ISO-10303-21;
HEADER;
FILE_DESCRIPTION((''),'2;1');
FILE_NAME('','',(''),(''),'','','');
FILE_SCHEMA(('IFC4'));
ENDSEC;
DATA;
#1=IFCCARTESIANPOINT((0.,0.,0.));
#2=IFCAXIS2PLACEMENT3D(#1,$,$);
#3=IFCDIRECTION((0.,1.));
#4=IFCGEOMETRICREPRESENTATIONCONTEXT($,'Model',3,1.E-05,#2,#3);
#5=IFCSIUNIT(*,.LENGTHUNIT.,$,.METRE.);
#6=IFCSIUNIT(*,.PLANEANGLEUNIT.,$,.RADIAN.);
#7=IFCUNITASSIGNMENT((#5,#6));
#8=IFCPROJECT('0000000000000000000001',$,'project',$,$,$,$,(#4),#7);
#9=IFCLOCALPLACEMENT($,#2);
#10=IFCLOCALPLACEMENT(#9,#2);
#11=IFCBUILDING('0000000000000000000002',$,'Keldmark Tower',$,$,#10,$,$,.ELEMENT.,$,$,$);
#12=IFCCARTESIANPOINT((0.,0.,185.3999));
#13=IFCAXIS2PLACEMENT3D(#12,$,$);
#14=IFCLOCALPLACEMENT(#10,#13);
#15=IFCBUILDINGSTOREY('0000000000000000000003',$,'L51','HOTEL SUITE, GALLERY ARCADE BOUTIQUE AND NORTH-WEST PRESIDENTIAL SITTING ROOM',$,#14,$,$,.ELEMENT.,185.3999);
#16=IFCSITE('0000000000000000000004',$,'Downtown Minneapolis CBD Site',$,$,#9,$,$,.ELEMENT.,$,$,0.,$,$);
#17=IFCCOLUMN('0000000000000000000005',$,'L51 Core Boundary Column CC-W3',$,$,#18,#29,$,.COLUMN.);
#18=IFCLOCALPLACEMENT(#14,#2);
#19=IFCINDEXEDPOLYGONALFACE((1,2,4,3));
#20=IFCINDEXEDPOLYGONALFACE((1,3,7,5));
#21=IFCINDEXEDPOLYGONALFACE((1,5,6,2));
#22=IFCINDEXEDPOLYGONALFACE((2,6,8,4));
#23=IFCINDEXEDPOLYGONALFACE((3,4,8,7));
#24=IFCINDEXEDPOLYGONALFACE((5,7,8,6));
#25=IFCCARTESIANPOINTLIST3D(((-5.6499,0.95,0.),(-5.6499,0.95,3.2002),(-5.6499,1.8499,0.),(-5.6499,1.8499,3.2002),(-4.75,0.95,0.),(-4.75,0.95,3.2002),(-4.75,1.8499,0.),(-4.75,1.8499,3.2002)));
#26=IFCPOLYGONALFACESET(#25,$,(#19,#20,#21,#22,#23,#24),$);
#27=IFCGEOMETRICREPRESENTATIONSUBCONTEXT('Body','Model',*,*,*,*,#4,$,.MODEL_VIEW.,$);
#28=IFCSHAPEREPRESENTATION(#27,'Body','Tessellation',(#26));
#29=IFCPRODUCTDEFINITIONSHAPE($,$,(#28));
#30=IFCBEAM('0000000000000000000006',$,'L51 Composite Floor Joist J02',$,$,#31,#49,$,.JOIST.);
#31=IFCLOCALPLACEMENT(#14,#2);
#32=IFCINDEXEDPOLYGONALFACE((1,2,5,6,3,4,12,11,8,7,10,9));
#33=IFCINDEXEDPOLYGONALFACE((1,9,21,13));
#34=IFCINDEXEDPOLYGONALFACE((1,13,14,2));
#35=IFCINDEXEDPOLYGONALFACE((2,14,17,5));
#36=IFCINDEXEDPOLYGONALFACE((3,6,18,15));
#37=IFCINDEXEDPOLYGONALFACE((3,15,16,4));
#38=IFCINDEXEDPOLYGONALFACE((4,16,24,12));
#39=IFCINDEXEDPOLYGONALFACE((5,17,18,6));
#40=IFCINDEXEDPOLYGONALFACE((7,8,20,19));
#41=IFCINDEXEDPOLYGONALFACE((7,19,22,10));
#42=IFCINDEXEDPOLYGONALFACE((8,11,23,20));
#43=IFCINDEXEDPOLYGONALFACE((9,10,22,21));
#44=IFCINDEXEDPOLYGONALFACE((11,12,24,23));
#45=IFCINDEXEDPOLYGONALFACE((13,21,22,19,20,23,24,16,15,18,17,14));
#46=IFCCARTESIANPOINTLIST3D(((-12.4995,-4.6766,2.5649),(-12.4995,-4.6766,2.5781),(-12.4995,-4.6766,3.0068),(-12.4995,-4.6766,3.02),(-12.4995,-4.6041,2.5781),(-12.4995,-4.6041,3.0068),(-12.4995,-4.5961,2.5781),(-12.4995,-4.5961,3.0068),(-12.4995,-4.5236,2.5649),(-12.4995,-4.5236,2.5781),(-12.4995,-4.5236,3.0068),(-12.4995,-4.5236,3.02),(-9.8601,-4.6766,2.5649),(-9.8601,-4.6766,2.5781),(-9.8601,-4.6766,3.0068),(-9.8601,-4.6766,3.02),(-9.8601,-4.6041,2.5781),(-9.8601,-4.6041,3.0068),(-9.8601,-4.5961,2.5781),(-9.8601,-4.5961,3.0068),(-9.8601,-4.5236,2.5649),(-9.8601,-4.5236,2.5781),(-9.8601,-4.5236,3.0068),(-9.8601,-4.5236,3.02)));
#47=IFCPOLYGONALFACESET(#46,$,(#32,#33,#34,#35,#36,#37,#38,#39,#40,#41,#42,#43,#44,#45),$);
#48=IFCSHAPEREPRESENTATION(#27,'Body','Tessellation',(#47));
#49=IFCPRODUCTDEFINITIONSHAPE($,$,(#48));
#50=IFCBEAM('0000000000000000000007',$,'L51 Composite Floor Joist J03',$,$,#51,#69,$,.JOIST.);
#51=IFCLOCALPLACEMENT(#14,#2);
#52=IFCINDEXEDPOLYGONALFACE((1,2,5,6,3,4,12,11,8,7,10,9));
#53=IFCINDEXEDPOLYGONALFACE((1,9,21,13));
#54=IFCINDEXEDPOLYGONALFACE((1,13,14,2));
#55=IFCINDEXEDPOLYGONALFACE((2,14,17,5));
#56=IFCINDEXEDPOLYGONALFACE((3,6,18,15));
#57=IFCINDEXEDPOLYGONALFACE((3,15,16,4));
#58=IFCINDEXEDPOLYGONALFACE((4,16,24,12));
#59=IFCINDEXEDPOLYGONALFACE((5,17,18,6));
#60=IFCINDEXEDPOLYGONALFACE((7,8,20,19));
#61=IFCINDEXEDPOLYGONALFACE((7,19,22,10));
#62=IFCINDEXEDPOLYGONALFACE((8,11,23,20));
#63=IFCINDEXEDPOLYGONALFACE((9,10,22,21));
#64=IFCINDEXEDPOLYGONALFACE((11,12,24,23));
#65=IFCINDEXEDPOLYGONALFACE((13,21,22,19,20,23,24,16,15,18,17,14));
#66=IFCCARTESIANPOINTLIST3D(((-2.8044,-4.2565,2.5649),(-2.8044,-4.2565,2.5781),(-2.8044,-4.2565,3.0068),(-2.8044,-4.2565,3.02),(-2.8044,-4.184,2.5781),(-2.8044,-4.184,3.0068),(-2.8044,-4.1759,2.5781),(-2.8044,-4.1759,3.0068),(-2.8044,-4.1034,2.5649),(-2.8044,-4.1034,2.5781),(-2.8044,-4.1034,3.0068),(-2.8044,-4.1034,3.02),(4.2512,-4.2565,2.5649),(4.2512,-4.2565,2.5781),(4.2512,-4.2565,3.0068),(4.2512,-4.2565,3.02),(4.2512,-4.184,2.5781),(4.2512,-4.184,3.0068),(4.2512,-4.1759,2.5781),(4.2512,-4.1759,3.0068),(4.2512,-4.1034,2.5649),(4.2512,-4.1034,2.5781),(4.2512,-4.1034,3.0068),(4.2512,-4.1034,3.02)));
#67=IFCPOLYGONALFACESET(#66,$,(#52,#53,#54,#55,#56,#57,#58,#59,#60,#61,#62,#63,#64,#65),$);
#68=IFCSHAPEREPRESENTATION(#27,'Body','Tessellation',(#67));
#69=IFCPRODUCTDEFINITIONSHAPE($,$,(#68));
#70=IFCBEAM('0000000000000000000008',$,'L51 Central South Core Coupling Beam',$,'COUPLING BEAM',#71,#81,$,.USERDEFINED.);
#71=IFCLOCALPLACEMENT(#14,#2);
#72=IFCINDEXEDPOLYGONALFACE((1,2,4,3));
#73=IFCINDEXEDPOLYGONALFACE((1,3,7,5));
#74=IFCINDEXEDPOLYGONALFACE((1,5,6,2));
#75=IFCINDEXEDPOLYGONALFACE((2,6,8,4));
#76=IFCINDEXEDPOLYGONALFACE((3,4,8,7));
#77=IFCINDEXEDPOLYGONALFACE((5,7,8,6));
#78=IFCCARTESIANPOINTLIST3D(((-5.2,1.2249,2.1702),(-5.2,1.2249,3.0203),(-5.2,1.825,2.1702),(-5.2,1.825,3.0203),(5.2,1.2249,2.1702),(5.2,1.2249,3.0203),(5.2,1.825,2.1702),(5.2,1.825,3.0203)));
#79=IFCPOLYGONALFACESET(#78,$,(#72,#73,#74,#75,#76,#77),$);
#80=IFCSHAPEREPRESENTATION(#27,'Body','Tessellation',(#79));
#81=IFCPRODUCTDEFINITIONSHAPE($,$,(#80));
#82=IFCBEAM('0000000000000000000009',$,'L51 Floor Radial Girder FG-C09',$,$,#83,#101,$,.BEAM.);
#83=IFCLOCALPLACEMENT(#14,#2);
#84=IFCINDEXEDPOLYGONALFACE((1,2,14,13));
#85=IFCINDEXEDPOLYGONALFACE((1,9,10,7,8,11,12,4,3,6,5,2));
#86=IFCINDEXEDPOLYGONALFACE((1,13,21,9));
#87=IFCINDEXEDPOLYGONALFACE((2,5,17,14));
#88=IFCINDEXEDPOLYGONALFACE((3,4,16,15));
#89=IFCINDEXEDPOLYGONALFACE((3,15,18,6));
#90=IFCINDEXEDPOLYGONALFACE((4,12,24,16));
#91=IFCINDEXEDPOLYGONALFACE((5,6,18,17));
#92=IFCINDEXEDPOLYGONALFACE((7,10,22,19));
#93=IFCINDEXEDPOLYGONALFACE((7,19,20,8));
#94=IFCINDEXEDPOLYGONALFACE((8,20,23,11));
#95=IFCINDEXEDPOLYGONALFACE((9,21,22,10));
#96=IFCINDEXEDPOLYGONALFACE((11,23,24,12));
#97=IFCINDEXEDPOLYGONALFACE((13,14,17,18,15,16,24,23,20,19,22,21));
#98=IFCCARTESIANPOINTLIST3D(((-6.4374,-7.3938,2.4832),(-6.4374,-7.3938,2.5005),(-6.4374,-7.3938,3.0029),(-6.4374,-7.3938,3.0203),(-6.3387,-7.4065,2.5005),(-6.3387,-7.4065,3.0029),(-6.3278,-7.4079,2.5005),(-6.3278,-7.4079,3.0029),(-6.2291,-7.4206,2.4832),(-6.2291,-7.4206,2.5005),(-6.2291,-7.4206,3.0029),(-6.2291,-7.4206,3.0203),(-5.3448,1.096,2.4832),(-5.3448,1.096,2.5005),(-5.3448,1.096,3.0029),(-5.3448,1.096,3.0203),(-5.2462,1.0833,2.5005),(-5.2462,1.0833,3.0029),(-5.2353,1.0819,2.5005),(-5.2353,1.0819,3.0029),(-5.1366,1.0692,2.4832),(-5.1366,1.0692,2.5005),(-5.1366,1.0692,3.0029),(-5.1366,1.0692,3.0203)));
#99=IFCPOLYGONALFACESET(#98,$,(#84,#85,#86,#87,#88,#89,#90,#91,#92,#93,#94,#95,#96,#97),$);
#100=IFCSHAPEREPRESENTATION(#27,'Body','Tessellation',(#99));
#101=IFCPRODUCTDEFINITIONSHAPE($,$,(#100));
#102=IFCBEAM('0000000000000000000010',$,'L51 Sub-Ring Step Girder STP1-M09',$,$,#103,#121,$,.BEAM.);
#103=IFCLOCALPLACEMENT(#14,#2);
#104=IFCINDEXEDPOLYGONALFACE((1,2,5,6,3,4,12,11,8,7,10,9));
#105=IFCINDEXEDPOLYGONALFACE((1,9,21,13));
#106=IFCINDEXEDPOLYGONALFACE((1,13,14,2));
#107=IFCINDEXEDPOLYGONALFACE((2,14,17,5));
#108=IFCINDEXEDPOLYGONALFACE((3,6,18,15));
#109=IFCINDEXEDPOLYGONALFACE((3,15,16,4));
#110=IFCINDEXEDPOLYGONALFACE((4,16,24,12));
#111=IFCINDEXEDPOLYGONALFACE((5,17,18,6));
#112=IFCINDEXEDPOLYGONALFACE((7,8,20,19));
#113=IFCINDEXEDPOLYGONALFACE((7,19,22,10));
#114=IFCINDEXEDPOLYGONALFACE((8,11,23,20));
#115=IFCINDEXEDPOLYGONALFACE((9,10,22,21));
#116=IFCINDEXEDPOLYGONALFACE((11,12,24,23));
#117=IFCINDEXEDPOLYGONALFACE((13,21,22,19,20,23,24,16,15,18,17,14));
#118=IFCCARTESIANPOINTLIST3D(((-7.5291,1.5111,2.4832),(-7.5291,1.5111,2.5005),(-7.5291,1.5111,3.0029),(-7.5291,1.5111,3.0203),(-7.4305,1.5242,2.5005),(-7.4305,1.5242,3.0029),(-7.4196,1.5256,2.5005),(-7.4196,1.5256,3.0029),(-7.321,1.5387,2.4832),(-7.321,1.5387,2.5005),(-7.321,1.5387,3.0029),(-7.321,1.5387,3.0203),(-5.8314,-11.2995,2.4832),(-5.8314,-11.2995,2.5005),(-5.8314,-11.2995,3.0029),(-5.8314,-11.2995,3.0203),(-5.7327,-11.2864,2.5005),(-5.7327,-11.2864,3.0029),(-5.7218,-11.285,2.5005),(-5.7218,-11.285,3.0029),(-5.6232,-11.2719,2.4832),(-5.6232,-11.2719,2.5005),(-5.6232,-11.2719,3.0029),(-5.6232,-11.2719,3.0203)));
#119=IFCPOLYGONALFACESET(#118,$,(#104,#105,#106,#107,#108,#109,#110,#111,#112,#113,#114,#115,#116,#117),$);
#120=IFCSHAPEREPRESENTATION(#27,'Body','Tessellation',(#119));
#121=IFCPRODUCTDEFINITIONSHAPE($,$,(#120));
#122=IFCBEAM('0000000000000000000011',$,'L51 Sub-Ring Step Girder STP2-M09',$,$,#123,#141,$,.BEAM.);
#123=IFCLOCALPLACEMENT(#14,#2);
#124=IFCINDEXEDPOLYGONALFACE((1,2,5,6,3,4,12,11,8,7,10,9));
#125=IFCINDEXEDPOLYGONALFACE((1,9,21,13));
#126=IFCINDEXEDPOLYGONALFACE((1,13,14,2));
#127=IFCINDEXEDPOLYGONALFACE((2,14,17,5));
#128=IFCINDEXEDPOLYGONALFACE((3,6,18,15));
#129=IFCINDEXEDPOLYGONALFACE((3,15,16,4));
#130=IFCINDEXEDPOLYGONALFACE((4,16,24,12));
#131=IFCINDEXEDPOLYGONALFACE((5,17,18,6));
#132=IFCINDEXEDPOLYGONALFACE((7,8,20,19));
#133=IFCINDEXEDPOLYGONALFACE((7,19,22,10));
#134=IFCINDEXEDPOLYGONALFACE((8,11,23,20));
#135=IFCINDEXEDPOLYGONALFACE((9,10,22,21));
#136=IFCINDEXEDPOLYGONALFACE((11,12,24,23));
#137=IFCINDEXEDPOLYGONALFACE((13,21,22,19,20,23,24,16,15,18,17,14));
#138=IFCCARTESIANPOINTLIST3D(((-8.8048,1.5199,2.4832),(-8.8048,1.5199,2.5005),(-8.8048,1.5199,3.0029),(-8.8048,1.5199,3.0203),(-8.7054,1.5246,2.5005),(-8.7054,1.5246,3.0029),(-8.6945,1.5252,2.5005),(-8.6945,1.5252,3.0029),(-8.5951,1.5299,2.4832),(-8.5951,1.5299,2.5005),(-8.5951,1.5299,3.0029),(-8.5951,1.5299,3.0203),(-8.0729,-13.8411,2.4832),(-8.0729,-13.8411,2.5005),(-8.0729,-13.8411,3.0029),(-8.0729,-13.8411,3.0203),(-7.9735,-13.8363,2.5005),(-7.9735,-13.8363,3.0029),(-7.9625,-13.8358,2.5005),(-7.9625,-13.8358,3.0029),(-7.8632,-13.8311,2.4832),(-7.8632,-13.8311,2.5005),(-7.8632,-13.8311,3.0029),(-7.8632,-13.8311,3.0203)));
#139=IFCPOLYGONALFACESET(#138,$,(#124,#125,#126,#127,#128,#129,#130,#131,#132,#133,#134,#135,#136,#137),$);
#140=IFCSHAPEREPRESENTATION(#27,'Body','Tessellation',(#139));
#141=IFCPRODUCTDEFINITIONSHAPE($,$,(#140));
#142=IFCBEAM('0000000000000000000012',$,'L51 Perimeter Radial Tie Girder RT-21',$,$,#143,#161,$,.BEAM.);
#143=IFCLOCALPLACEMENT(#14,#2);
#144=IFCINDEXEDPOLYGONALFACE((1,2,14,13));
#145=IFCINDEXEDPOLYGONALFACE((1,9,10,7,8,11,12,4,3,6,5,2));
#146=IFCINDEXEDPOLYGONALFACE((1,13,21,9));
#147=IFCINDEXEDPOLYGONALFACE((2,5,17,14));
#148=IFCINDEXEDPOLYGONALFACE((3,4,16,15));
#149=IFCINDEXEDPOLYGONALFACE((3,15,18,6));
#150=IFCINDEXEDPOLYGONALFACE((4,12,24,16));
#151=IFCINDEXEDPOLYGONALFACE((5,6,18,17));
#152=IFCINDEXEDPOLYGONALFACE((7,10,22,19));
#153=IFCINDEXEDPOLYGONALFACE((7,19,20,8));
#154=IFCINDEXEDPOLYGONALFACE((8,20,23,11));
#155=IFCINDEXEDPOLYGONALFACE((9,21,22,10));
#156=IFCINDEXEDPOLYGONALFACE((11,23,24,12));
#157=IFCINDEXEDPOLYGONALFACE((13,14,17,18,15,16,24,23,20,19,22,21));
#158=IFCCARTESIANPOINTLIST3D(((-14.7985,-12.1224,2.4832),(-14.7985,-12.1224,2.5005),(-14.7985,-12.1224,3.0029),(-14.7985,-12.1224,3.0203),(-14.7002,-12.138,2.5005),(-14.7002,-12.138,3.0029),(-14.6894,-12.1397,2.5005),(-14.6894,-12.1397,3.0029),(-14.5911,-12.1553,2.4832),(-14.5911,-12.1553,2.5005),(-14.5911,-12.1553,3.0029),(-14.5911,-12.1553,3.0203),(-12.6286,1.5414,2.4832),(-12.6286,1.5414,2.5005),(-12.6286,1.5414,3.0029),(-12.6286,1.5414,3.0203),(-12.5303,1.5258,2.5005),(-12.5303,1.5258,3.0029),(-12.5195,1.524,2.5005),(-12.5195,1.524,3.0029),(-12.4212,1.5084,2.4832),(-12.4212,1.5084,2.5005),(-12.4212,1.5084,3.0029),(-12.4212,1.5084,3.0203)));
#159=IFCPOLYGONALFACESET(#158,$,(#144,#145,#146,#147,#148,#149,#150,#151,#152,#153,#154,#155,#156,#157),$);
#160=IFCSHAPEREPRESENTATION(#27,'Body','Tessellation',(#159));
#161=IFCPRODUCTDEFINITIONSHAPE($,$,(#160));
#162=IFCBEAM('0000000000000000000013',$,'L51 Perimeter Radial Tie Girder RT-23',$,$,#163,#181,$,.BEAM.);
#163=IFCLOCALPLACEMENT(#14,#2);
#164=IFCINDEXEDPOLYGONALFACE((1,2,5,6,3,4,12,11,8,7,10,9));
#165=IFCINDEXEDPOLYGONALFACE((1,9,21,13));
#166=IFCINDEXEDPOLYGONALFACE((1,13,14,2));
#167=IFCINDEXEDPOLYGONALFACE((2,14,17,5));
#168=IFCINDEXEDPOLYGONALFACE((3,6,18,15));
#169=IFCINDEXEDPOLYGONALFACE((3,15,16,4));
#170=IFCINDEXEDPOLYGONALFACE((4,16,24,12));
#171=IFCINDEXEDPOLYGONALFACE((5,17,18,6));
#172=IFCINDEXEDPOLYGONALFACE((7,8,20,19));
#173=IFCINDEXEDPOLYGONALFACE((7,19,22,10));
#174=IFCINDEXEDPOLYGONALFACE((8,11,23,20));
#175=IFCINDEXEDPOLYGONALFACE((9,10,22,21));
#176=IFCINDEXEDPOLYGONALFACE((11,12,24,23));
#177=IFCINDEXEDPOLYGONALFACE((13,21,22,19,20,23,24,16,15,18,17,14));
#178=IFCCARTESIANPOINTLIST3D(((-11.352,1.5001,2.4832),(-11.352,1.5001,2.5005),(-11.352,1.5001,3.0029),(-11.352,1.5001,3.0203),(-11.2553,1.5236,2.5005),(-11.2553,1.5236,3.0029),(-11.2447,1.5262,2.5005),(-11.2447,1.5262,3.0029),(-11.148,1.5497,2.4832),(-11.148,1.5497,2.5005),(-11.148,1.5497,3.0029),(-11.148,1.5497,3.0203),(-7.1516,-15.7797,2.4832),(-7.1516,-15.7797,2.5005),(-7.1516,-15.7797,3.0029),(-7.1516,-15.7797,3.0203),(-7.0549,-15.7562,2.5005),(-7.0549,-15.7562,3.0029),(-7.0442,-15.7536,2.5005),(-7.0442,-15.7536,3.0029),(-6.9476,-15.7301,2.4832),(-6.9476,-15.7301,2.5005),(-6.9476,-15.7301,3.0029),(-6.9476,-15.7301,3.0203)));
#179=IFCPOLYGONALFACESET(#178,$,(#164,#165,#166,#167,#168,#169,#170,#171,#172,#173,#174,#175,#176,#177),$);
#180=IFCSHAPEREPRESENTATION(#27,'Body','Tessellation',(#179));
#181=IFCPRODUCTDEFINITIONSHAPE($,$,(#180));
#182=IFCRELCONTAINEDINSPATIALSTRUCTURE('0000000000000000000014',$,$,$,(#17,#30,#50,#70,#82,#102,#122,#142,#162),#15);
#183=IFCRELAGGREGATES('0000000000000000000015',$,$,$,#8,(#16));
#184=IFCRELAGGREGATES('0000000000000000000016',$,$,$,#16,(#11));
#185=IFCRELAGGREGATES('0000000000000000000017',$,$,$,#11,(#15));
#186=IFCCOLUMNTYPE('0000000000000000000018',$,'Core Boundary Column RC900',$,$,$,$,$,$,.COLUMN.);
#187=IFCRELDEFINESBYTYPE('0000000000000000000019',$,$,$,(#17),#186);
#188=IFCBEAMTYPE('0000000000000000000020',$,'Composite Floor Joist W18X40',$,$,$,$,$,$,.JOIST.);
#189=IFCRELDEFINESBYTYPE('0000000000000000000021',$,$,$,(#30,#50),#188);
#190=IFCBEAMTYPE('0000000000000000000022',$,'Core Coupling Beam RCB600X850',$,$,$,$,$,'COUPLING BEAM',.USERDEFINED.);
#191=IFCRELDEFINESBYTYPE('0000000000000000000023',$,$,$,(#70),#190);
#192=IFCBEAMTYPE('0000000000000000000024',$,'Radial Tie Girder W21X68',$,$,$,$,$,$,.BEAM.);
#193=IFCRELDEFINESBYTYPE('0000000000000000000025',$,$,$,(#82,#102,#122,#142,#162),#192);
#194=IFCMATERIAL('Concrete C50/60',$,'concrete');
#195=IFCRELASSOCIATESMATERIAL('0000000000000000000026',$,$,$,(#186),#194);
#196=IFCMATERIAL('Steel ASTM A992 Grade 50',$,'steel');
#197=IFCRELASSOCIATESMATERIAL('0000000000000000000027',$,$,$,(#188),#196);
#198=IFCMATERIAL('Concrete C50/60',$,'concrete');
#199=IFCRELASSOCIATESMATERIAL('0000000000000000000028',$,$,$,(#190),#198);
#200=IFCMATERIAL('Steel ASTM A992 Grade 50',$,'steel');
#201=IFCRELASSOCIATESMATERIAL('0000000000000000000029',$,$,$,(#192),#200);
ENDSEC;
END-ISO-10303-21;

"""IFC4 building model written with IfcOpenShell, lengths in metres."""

from ifc_helpers import new_model, si_unit, direction, frame, origin, origin_2d, place, context, subcontext, project, spatial, rectangle, i_section, extrude, material, material_profile, profile_set, type_object, element, save


model = new_model("IFC4")

# Units and contexts
model_context = context("Model", 3, precision=1e-05, world=origin(), true_north=direction((0.0, 1.0)))
body_context = subcontext(model_context, "Body", "Model", "MODEL_VIEW")
ifc_project = project(units=[si_unit("LENGTHUNIT", "METRE"), si_unit("PLANEANGLEUNIT", "RADIAN")], contexts=[model_context])

# Site, building, storey
site_placement = place(None, origin())
site = spatial("IfcSite", under=ifc_project, at=site_placement, Name="Downtown Minneapolis CBD Site", CompositionType="ELEMENT", RefElevation=0.0)
building_placement = place(site_placement, origin())
building = spatial("IfcBuilding", under=site, at=building_placement, Name="Keldmark Tower", CompositionType="ELEMENT")
storey_placement = place(building_placement, frame((0.0, 0.0, 185.3999)))
storey = spatial("IfcBuildingStorey", under=building, at=storey_placement, Name="L51", Description="HOTEL SUITE, GALLERY ARCADE BOUTIQUE AND NORTH-WEST PRESIDENTIAL SITTING ROOM", CompositionType="ELEMENT", Elevation=185.3999)

# Column
ifc_material_1 = material(Name="Concrete C50/60", Category="concrete")
ifc_material_profile_1 = material_profile(ifc_material_1, rectangle(XDim=0.8999, YDim=0.8999, at=origin_2d()), Name="RC900X900")
ifc_profile_set_1 = profile_set([ifc_material_profile_1], Name="Concrete C50/60")
column_type = type_object("IfcColumnType", Name="Core Boundary Column RC900", PredefinedType="COLUMN", material=ifc_profile_set_1)
column_placement = place(storey_placement, frame((-5.2, 1.3999, 0.0), z_axis=(0.0, 0.0, 1.0), x_axis=(1.0, 0.0, 0.0)))
element("IfcColumn", 1, at=column_placement, inside=storey, type_object=column_type, Name="L51 Core Boundary Column CC-W3", PredefinedType="COLUMN", context=body_context, shape_type="SweptSolid", body=[
    extrude(rectangle(XDim=0.8999, YDim=0.8999, at=origin_2d()), origin(), (0.0, 0.0, 1.0), 3.2002),
])

# Beams
ifc_material_2 = material(Name="Steel ASTM A992 Grade 50", Category="steel")
ifc_material_profile_2 = material_profile(ifc_material_2, i_section(OverallWidth=0.1531, OverallDepth=0.4551, WebThickness=0.0081, FlangeThickness=0.0132, at=origin_2d()), Name="W18X40")
ifc_profile_set_2 = profile_set([ifc_material_profile_2], Name="Steel ASTM A992 Grade 50")
beam_type_1 = type_object("IfcBeamType", Name="Composite Floor Joist W18X40", PredefinedType="JOIST", material=ifc_profile_set_2)
beam_1_placement = place(storey_placement, frame((-12.4995, -4.6001, 2.7925), z_axis=(1.0, 0.0, 0.0), x_axis=(0.0, 1.0, 0.0)))
element("IfcBeam", 2, at=beam_1_placement, inside=storey, type_object=beam_type_1, Name="L51 Composite Floor Joist J02", PredefinedType="JOIST", context=body_context, shape_type="SweptSolid", body=[
    extrude(i_section(OverallWidth=0.1531, OverallDepth=0.4551, WebThickness=0.0081, FlangeThickness=0.0132, at=origin_2d()), origin(), (0.0, 0.0, 1.0), 2.6394),
])
beam_2_placement = place(storey_placement, frame((-2.8044, -4.1799, 2.7925), z_axis=(1.0, 0.0, 0.0), x_axis=(0.0, 1.0, 0.0)))
element("IfcBeam", 3, at=beam_2_placement, inside=storey, type_object=beam_type_1, Name="L51 Composite Floor Joist J03", PredefinedType="JOIST", context=body_context, shape_type="SweptSolid", body=[
    extrude(i_section(OverallWidth=0.1531, OverallDepth=0.4551, WebThickness=0.0081, FlangeThickness=0.0132, at=origin_2d()), origin(), (0.0, 0.0, 1.0), 7.0557),
])
ifc_material_3 = material(Name="Concrete C50/60", Category="concrete")
ifc_material_profile_3 = material_profile(ifc_material_3, rectangle(XDim=0.6001, YDim=0.8501, at=origin_2d()), Name="RCB600X850")
ifc_profile_set_3 = profile_set([ifc_material_profile_3], Name="Concrete C50/60")
beam_type_2 = type_object("IfcBeamType", Name="Core Coupling Beam RCB600X850", ElementType="COUPLING BEAM", PredefinedType="USERDEFINED", material=ifc_profile_set_3)
beam_3_placement = place(storey_placement, frame((-5.2, 1.5249, 2.5952), z_axis=(1.0, 0.0, 0.0), x_axis=(0.0, 1.0, 0.0)))
element("IfcBeam", 4, at=beam_3_placement, inside=storey, type_object=beam_type_2, Name="L51 Central South Core Coupling Beam", ObjectType="COUPLING BEAM", PredefinedType="USERDEFINED", context=body_context, shape_type="SweptSolid", body=[
    extrude(rectangle(XDim=0.6001, YDim=0.8501, at=origin_2d()), origin(), (0.0, 0.0, 1.0), 10.3999),
])
ifc_material_4 = material(Name="Steel ASTM A992 Grade 50", Category="steel")
ifc_material_profile_4 = material_profile(ifc_material_4, i_section(OverallWidth=0.21, OverallDepth=0.5371, WebThickness=0.011, FlangeThickness=0.0173, at=origin_2d()), Name="W21X68")
ifc_profile_set_4 = profile_set([ifc_material_profile_4], Name="Steel ASTM A992 Grade 50")
beam_type_3 = type_object("IfcBeamType", Name="Radial Tie Girder W21X68", PredefinedType="BEAM", material=ifc_profile_set_4)
beam_4_placement = place(storey_placement, frame((-6.3333, -7.4072, 2.7517), z_axis=(0.127636, 0.991821, 0.0), x_axis=(-0.991821, 0.127636, 0.0)))
element("IfcBeam", 5, at=beam_4_placement, inside=storey, type_object=beam_type_3, Name="L51 Floor Radial Girder FG-C09", PredefinedType="BEAM", context=body_context, shape_type="SweptSolid", body=[
    extrude(i_section(OverallWidth=0.21, OverallDepth=0.5371, WebThickness=0.011, FlangeThickness=0.0173, at=origin_2d()), origin(), (0.0, 0.0, 1.0), 8.5598),
])
beam_5_placement = place(storey_placement, frame((-7.425, 1.5249, 2.7517), z_axis=(0.131379, -0.991332, 0.0), x_axis=(0.991332, 0.131379, 0.0)))
element("IfcBeam", 6, at=beam_5_placement, inside=storey, type_object=beam_type_3, Name="L51 Sub-Ring Step Girder STP1-M09", PredefinedType="BEAM", context=body_context, shape_type="SweptSolid", body=[
    extrude(i_section(OverallWidth=0.21, OverallDepth=0.5371, WebThickness=0.011, FlangeThickness=0.0173, at=origin_2d()), origin(), (0.0, 0.0, 1.0), 12.9226),
])
beam_6_placement = place(storey_placement, frame((-8.7, 1.5249, 2.7517), z_axis=(0.047595, -0.998867, 0.0), x_axis=(0.998867, 0.047595, 0.0)))
element("IfcBeam", 7, at=beam_6_placement, inside=storey, type_object=beam_type_3, Name="L51 Sub-Ring Step Girder STP2-M09", PredefinedType="BEAM", context=body_context, shape_type="SweptSolid", body=[
    extrude(i_section(OverallWidth=0.21, OverallDepth=0.5371, WebThickness=0.011, FlangeThickness=0.0173, at=origin_2d()), origin(), (0.0, 0.0, 1.0), 15.3784),
])
beam_7_placement = place(storey_placement, frame((-12.5249, 1.5249, 2.7517), z_axis=(-0.156842, -0.987624, 0.0), x_axis=(0.987624, -0.156842, 0.0)))
element("IfcBeam", 8, at=beam_7_placement, inside=storey, type_object=beam_type_3, Name="L51 Perimeter Radial Tie Girder RT-21", PredefinedType="BEAM", context=body_context, shape_type="SweptSolid", body=[
    extrude(i_section(OverallWidth=0.21, OverallDepth=0.5371, WebThickness=0.011, FlangeThickness=0.0173, at=origin_2d()), origin(), (0.0, 0.0, 1.0), 13.835),
])
beam_8_placement = place(storey_placement, frame((-11.25, 1.5249, 2.7517), z_axis=(0.236205, -0.971703, 0.0), x_axis=(0.971703, 0.236205, 0.0)))
element("IfcBeam", 9, at=beam_8_placement, inside=storey, type_object=beam_type_3, Name="L51 Perimeter Radial Tie Girder RT-23", PredefinedType="BEAM", context=body_context, shape_type="SweptSolid", body=[
    extrude(i_section(OverallWidth=0.21, OverallDepth=0.5371, WebThickness=0.011, FlangeThickness=0.0173, at=origin_2d()), origin(), (0.0, 0.0, 1.0), 17.783),
])

save(model, "model.ifc")
